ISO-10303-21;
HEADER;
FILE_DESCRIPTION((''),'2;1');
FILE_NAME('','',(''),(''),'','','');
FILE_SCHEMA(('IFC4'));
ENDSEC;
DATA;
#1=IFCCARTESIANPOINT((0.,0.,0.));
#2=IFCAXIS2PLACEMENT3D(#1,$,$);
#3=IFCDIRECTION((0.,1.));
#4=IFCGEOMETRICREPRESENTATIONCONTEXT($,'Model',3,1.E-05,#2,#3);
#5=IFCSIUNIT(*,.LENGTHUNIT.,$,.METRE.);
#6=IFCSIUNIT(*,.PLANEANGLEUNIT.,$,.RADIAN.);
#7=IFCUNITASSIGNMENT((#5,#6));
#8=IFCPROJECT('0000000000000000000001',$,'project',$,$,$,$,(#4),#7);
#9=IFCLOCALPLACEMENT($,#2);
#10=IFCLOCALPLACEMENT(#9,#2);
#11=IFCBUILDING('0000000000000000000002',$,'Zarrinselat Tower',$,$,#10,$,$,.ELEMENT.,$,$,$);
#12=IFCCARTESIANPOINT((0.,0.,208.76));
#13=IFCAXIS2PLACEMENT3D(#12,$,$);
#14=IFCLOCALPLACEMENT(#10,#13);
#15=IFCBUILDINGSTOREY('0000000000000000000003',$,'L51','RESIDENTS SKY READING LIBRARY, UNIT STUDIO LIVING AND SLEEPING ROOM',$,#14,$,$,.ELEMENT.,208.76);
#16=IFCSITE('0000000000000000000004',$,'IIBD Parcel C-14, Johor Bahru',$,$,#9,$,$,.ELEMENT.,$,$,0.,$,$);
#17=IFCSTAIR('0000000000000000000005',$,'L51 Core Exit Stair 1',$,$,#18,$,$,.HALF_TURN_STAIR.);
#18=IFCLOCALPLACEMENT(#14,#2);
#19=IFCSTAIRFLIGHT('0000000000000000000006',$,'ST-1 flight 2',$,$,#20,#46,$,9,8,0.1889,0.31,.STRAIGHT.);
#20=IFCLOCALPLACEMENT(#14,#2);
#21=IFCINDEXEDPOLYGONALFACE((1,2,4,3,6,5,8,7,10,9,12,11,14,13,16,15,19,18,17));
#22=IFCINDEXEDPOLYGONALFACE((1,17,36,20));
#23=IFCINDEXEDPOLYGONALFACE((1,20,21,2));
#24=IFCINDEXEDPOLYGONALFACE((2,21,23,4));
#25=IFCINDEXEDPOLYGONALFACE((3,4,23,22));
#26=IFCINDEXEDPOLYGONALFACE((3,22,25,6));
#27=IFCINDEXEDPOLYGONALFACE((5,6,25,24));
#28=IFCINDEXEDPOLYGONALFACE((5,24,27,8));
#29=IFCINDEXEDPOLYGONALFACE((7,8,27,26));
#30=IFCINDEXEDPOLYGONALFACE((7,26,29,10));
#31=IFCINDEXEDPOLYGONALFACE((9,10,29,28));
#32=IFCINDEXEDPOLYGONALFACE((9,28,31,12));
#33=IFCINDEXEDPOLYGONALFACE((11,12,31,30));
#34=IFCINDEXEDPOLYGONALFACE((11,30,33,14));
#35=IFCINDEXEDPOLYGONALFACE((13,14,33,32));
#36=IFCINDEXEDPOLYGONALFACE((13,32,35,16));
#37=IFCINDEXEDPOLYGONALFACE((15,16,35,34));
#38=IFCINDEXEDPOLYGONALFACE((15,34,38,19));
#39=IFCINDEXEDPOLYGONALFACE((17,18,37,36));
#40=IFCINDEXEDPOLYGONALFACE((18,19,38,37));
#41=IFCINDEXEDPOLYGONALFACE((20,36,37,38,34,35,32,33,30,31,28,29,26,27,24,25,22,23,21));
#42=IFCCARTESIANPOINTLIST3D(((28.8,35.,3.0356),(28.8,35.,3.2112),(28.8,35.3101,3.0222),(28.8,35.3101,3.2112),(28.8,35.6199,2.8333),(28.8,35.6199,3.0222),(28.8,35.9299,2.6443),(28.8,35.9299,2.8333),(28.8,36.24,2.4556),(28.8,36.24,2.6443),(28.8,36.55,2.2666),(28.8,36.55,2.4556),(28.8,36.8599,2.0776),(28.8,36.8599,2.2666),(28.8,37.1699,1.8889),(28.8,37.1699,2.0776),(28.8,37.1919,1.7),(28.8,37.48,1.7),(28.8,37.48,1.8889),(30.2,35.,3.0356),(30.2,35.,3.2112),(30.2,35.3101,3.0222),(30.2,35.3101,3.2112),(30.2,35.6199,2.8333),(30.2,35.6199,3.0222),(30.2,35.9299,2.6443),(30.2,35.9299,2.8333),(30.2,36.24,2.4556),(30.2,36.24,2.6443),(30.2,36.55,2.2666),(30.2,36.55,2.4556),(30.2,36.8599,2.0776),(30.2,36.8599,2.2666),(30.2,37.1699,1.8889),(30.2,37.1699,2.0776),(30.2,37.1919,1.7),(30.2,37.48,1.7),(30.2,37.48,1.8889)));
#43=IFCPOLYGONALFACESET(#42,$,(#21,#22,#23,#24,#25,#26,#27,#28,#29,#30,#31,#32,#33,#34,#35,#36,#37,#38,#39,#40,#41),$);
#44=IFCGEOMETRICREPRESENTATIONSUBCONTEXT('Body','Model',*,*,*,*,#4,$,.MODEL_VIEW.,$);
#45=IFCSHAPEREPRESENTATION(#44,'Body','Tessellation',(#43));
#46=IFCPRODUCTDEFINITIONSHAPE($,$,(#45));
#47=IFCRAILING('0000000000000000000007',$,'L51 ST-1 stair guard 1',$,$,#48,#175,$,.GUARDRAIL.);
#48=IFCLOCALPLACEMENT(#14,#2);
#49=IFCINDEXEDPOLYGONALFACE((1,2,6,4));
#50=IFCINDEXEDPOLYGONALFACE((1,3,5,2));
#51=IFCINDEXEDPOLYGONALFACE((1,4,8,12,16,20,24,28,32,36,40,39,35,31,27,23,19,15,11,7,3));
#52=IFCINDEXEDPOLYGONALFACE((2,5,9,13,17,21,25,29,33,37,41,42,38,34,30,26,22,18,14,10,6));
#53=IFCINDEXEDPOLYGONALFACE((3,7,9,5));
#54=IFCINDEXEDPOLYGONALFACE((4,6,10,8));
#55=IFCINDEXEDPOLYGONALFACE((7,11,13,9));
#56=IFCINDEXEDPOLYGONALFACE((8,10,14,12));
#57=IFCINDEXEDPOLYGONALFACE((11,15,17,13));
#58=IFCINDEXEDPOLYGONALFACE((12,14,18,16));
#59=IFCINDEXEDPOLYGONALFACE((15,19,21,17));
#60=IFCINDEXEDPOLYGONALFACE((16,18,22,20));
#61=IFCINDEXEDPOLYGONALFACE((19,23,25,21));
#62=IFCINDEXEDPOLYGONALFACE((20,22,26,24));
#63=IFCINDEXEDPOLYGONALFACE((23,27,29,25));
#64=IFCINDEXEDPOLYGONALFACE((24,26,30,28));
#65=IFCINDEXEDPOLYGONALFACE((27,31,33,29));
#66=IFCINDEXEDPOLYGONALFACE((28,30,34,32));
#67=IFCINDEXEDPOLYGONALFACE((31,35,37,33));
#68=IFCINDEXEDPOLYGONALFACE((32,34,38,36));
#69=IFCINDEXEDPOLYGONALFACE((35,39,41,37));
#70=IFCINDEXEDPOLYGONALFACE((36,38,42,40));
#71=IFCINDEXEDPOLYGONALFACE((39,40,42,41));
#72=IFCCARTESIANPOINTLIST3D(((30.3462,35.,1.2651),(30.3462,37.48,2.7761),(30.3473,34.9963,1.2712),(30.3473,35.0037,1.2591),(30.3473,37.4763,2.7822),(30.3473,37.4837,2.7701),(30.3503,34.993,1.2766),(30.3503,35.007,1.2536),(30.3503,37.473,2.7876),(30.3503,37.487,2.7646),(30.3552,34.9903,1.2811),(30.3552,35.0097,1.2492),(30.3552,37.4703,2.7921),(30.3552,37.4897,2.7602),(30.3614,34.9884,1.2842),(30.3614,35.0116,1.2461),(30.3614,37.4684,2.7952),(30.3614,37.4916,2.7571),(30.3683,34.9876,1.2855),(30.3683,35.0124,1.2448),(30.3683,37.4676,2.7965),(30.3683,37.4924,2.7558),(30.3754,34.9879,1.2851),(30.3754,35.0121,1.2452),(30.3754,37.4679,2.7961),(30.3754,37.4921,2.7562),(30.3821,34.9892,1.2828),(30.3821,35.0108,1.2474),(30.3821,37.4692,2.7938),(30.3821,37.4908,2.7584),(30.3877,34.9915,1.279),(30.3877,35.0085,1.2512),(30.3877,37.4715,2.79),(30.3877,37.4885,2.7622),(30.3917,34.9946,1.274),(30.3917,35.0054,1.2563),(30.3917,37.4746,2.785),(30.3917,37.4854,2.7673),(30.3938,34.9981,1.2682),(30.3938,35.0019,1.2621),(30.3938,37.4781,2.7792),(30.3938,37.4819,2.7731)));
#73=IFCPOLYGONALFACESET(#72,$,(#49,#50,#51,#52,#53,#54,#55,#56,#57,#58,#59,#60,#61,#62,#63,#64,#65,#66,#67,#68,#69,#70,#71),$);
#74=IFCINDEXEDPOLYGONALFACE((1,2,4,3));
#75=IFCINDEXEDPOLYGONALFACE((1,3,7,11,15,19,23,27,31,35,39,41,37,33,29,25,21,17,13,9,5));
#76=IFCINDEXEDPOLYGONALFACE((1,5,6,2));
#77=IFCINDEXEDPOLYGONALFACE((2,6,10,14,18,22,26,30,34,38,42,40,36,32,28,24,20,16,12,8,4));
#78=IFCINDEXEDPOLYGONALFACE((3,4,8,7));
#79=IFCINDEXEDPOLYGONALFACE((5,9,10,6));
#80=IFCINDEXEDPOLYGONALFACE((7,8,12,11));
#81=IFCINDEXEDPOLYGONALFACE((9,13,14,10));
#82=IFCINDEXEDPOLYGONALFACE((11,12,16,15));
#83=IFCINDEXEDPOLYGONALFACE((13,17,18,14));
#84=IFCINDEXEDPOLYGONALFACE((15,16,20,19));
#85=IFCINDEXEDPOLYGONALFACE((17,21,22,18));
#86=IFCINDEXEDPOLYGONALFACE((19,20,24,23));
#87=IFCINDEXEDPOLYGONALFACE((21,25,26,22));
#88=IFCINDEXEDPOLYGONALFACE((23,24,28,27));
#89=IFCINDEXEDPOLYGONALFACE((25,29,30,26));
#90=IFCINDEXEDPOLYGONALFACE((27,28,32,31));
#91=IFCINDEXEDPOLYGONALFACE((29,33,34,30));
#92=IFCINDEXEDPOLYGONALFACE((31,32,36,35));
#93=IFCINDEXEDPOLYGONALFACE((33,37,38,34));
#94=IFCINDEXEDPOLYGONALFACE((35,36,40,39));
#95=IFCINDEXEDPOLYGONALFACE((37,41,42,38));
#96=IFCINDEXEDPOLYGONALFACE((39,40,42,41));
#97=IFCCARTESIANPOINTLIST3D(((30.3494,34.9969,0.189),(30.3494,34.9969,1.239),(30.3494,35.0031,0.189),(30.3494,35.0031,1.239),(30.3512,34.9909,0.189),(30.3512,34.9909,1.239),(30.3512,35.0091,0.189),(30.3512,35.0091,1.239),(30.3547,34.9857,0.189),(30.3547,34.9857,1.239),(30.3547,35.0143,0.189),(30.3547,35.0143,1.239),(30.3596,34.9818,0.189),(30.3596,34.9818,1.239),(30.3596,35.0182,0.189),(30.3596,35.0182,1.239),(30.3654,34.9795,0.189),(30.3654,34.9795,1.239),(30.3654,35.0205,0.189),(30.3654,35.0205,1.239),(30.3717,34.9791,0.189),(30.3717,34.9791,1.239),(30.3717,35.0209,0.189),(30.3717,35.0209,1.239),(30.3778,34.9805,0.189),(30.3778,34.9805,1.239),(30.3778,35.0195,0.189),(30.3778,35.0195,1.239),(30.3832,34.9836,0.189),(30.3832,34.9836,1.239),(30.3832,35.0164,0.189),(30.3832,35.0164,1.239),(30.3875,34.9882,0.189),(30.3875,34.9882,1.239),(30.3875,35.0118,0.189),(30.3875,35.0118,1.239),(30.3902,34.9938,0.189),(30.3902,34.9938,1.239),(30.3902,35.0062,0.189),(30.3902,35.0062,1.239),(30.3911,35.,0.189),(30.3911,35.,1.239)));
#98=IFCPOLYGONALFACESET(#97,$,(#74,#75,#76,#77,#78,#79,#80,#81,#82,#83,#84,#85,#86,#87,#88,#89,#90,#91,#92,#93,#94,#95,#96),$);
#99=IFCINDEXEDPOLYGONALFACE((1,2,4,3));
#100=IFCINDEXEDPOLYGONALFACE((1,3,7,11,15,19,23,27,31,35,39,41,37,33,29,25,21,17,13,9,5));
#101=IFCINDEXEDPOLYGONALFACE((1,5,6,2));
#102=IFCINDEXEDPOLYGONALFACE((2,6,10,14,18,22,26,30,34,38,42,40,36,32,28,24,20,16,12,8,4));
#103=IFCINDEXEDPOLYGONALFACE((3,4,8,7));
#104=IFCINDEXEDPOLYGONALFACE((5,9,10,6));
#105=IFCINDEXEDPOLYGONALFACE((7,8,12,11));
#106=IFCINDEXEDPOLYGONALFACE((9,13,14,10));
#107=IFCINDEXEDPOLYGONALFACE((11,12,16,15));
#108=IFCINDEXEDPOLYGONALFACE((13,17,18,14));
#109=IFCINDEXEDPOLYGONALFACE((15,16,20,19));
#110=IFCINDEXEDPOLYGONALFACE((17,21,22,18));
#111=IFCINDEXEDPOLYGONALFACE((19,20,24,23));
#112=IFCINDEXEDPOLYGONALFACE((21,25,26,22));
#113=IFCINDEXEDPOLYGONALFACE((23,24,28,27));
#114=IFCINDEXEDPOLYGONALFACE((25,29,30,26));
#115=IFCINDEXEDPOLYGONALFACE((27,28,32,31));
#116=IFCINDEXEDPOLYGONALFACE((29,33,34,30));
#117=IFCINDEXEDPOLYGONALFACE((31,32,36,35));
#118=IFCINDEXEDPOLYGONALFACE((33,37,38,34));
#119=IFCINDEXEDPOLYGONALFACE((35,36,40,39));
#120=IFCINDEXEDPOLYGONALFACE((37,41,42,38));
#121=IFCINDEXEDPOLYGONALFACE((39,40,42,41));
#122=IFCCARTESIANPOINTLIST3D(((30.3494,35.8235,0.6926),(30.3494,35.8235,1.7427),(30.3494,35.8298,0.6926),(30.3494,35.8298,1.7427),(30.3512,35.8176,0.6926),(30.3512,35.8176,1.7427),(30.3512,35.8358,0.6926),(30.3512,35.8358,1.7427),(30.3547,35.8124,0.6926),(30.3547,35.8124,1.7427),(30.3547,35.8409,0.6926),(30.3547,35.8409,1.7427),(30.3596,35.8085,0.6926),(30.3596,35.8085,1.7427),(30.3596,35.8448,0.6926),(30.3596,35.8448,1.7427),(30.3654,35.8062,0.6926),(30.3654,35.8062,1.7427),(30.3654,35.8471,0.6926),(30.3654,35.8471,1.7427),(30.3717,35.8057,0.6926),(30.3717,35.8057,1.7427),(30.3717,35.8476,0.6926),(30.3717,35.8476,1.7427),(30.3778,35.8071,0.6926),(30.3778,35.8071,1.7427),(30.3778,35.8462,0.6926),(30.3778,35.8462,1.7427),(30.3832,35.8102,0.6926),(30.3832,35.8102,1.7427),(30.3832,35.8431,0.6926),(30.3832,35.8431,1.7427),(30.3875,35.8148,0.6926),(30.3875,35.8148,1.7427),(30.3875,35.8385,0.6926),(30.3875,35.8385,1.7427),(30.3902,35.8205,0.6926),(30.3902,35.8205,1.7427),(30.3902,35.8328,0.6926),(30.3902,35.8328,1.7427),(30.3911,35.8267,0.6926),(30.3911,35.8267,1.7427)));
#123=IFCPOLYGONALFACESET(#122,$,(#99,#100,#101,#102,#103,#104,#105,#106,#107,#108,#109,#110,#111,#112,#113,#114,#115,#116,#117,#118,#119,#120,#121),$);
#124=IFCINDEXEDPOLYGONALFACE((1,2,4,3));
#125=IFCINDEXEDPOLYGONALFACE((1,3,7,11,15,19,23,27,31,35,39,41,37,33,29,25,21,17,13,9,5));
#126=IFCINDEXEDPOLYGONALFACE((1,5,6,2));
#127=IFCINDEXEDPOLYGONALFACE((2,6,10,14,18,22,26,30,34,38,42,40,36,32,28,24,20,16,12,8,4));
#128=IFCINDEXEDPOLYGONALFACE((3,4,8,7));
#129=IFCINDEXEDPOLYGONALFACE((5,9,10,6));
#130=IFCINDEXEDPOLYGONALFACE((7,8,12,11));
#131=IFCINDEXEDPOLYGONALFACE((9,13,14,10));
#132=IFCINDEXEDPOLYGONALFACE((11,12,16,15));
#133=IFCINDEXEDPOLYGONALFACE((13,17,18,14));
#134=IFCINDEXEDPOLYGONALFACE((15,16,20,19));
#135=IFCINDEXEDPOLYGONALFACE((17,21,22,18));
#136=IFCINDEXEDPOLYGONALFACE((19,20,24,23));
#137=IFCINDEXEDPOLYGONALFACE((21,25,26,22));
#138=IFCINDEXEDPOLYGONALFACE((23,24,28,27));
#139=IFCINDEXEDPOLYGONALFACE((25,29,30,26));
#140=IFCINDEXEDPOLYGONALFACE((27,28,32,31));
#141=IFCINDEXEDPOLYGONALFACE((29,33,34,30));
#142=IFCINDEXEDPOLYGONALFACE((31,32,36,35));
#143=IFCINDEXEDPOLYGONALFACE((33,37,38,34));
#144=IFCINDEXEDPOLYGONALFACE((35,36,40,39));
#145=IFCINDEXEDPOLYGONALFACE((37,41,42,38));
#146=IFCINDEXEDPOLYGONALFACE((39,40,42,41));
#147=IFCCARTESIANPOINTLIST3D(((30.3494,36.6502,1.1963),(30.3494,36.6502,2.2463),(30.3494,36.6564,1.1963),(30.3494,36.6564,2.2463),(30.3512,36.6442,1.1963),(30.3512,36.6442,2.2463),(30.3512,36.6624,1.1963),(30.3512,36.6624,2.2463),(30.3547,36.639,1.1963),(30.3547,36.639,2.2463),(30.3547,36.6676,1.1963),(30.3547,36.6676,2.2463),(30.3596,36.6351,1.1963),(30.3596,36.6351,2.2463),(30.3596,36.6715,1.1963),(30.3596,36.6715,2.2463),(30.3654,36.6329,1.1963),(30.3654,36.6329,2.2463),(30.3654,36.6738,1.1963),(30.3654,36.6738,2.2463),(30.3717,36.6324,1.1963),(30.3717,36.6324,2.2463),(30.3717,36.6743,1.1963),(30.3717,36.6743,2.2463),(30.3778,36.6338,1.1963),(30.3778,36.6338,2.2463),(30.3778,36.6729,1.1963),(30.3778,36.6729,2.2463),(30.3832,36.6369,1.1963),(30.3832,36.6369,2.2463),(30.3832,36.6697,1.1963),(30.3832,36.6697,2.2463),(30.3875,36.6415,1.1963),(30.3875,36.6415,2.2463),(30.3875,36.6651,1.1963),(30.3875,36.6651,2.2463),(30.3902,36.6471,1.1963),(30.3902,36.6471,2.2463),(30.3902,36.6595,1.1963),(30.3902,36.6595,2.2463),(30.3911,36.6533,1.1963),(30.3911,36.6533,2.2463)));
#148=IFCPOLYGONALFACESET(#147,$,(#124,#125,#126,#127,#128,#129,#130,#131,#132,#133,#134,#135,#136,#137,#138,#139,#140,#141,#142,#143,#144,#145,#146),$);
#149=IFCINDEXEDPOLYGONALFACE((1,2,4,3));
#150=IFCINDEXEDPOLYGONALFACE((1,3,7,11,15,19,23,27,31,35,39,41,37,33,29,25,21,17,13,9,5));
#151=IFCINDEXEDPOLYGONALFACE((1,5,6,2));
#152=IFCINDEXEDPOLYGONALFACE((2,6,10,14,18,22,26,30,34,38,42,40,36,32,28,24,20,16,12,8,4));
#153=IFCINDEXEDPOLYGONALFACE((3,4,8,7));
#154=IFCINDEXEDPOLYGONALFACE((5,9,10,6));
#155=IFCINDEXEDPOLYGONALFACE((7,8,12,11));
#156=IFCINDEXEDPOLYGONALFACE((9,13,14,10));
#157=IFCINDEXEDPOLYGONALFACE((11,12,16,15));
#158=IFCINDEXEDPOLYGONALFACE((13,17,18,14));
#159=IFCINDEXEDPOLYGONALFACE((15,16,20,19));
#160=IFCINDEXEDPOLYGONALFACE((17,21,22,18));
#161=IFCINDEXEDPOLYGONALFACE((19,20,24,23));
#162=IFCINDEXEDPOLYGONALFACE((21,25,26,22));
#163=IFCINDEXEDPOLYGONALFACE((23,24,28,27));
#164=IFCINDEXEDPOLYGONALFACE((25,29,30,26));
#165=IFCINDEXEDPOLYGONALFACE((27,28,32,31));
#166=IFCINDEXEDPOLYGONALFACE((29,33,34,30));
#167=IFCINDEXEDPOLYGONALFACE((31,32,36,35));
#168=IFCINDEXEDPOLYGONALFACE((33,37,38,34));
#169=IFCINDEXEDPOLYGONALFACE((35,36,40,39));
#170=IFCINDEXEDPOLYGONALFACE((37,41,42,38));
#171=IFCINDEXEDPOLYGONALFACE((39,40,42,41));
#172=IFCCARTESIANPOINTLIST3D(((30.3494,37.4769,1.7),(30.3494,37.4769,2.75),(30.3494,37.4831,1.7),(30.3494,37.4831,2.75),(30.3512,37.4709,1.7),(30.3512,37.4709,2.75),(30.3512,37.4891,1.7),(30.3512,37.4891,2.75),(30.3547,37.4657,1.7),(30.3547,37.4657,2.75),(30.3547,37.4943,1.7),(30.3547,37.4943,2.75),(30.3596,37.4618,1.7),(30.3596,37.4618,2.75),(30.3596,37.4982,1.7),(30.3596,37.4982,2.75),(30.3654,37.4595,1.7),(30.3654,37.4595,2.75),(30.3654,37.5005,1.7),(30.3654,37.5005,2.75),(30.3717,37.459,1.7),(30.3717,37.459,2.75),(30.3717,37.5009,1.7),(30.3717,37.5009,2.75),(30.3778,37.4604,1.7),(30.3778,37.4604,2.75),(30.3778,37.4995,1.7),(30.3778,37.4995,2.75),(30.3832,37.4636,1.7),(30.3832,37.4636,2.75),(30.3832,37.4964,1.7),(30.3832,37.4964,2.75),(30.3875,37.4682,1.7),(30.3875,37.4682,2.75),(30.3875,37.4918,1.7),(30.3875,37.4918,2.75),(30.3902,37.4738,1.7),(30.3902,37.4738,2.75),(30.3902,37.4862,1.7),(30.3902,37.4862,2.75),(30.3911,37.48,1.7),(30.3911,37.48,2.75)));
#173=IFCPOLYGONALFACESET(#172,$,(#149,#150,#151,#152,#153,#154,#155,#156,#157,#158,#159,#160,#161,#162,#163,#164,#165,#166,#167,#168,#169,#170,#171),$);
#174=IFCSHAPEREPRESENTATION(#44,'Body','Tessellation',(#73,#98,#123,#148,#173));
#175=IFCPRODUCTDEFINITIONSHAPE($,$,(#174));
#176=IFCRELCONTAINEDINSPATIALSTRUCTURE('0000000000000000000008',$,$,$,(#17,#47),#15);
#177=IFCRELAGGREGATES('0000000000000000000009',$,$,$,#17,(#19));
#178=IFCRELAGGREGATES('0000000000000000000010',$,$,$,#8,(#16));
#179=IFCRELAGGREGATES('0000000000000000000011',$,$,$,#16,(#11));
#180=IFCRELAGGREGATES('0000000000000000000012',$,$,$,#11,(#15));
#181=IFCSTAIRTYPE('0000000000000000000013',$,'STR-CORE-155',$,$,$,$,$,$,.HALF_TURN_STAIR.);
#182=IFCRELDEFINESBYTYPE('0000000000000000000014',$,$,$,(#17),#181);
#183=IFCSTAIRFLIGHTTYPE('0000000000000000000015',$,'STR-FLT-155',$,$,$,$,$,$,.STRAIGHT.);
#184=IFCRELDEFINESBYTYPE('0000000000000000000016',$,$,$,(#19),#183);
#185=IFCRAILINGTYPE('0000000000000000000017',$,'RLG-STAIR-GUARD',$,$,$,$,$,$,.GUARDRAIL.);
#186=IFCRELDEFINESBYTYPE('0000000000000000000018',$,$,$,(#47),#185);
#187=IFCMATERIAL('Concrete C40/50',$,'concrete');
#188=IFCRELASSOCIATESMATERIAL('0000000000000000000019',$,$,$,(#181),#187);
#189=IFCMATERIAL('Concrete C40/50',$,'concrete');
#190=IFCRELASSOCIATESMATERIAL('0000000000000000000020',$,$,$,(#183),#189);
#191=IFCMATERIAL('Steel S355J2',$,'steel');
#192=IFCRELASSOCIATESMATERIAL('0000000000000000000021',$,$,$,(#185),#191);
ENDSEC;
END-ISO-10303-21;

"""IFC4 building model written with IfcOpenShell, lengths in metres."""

from ifc_helpers import new_model, si_unit, direction, frame, origin, origin_2d, place, context, subcontext, project, spatial, polyline, circle, outline, extrude, material, type_object, element, aggregate, save


model = new_model("IFC4")

# Units and contexts
model_context = context("Model", 3, precision=1e-05, world=origin(), true_north=direction((0.0, 1.0)))
body_context = subcontext(model_context, "Body", "Model", "MODEL_VIEW")
ifc_project = project(units=[si_unit("LENGTHUNIT", "METRE"), si_unit("PLANEANGLEUNIT", "RADIAN")], contexts=[model_context])

# Site, building, storey
site_placement = place(None, origin())
site = spatial("IfcSite", under=ifc_project, at=site_placement, Name="IIBD Parcel C-14, Johor Bahru", CompositionType="ELEMENT", RefElevation=0.0)
building_placement = place(site_placement, origin())
building = spatial("IfcBuilding", under=site, at=building_placement, Name="Zarrinselat Tower", CompositionType="ELEMENT")
storey_placement = place(building_placement, frame((0.0, 0.0, 208.76)))
storey = spatial("IfcBuildingStorey", under=building, at=storey_placement, Name="L51", Description="RESIDENTS SKY READING LIBRARY, UNIT STUDIO LIVING AND SLEEPING ROOM", CompositionType="ELEMENT", Elevation=208.76)

# Stair, stair flight
ifc_material_1 = material(Name="Concrete C40/50", Category="concrete")
stair_type = type_object("IfcStairType", Name="STR-CORE-155", PredefinedType="HALF_TURN_STAIR", material=ifc_material_1)
stair_placement = place(storey_placement, origin())
stair = element("IfcStair", 1, at=stair_placement, inside=storey, type_object=stair_type, Name="L51 Core Exit Stair 1", PredefinedType="HALF_TURN_STAIR")
ifc_material_2 = material(Name="Concrete C40/50", Category="concrete")
stair_flight_type = type_object("IfcStairFlightType", Name="STR-FLT-155", PredefinedType="STRAIGHT", material=ifc_material_2)
stair_flight_1_placement = place(storey_placement, frame((29.5, 37.48, 1.7), z_axis=(0.0, 0.0, 1.0), x_axis=(0.0, -1.0, 0.0)))
stair_flight_1 = element("IfcStairFlight", 2, at=stair_flight_1_placement, type_object=stair_flight_type, Name="ST-1 flight 2", NumberOfRisers=9, NumberOfTreads=8, PredefinedType="STRAIGHT", RiserHeight=0.1889, TreadLength=0.31, context=body_context, shape_type="SweptSolid", body=[
    extrude(outline(polyline([(0.0, 0.0), (0.0, 0.189), (0.3101, 0.189), (0.3101, 0.3777), (0.6201, 0.3777), (0.6201, 0.5667), (0.9299, 0.5667), (0.9299, 0.7556), (1.24, 0.7556), (1.24, 0.9443), (1.55, 0.9443), (1.55, 1.1333), (1.8601, 1.1333), (1.8601, 1.3223), (2.1699, 1.3223), (2.1699, 1.5112), (2.48, 1.5112), (2.48, 1.7), (2.48, 1.3357), (0.2881, 0.0), (0.0, 0.0)])), frame((0.0, 0.7, 0.0), z_axis=(0.0, -1.0, 0.0), x_axis=(1.0, 0.0, 0.0)), (0.0, 0.0, 1.0), 1.3999),
])
aggregate(stair, [stair_flight_1])

# Railing
ifc_material_3 = material(Name="Steel S355J2", Category="steel")
railing_type_1 = type_object("IfcRailingType", Name="RLG-STAIR-GUARD", PredefinedType="GUARDRAIL", material=ifc_material_3)
railing_1_placement = place(storey_placement, frame((30.3701, 35.0, 0.189)))
element("IfcRailing", 3, at=railing_1_placement, inside=storey, type_object=railing_type_1, Name="L51 ST-1 stair guard 1", PredefinedType="GUARDRAIL", context=body_context, shape_type="SweptSolid", body=[
    extrude(circle(Radius=0.0239, at=origin_2d()), frame((0.0, 0.0, 1.0762), z_axis=(0.0, 0.853979, 0.520307), x_axis=(-1.0, 0.0, 0.0)), (0.0, 0.0, 1.0), 2.9041),
    extrude(circle(Radius=0.021, at=origin_2d()), origin(), (0.0, 0.0, 1.0), 1.05),
    extrude(circle(Radius=0.021, at=origin_2d()), frame((0.0, 0.8267, 0.5037)), (0.0, 0.0, 1.0), 1.05),
    extrude(circle(Radius=0.021, at=origin_2d()), frame((0.0, 1.6533, 1.0073)), (0.0, 0.0, 1.0), 1.05),
    extrude(circle(Radius=0.021, at=origin_2d()), frame((0.0, 2.48, 1.511)), (0.0, 0.0, 1.0), 1.05),
])

save(model, "model.ifc")
